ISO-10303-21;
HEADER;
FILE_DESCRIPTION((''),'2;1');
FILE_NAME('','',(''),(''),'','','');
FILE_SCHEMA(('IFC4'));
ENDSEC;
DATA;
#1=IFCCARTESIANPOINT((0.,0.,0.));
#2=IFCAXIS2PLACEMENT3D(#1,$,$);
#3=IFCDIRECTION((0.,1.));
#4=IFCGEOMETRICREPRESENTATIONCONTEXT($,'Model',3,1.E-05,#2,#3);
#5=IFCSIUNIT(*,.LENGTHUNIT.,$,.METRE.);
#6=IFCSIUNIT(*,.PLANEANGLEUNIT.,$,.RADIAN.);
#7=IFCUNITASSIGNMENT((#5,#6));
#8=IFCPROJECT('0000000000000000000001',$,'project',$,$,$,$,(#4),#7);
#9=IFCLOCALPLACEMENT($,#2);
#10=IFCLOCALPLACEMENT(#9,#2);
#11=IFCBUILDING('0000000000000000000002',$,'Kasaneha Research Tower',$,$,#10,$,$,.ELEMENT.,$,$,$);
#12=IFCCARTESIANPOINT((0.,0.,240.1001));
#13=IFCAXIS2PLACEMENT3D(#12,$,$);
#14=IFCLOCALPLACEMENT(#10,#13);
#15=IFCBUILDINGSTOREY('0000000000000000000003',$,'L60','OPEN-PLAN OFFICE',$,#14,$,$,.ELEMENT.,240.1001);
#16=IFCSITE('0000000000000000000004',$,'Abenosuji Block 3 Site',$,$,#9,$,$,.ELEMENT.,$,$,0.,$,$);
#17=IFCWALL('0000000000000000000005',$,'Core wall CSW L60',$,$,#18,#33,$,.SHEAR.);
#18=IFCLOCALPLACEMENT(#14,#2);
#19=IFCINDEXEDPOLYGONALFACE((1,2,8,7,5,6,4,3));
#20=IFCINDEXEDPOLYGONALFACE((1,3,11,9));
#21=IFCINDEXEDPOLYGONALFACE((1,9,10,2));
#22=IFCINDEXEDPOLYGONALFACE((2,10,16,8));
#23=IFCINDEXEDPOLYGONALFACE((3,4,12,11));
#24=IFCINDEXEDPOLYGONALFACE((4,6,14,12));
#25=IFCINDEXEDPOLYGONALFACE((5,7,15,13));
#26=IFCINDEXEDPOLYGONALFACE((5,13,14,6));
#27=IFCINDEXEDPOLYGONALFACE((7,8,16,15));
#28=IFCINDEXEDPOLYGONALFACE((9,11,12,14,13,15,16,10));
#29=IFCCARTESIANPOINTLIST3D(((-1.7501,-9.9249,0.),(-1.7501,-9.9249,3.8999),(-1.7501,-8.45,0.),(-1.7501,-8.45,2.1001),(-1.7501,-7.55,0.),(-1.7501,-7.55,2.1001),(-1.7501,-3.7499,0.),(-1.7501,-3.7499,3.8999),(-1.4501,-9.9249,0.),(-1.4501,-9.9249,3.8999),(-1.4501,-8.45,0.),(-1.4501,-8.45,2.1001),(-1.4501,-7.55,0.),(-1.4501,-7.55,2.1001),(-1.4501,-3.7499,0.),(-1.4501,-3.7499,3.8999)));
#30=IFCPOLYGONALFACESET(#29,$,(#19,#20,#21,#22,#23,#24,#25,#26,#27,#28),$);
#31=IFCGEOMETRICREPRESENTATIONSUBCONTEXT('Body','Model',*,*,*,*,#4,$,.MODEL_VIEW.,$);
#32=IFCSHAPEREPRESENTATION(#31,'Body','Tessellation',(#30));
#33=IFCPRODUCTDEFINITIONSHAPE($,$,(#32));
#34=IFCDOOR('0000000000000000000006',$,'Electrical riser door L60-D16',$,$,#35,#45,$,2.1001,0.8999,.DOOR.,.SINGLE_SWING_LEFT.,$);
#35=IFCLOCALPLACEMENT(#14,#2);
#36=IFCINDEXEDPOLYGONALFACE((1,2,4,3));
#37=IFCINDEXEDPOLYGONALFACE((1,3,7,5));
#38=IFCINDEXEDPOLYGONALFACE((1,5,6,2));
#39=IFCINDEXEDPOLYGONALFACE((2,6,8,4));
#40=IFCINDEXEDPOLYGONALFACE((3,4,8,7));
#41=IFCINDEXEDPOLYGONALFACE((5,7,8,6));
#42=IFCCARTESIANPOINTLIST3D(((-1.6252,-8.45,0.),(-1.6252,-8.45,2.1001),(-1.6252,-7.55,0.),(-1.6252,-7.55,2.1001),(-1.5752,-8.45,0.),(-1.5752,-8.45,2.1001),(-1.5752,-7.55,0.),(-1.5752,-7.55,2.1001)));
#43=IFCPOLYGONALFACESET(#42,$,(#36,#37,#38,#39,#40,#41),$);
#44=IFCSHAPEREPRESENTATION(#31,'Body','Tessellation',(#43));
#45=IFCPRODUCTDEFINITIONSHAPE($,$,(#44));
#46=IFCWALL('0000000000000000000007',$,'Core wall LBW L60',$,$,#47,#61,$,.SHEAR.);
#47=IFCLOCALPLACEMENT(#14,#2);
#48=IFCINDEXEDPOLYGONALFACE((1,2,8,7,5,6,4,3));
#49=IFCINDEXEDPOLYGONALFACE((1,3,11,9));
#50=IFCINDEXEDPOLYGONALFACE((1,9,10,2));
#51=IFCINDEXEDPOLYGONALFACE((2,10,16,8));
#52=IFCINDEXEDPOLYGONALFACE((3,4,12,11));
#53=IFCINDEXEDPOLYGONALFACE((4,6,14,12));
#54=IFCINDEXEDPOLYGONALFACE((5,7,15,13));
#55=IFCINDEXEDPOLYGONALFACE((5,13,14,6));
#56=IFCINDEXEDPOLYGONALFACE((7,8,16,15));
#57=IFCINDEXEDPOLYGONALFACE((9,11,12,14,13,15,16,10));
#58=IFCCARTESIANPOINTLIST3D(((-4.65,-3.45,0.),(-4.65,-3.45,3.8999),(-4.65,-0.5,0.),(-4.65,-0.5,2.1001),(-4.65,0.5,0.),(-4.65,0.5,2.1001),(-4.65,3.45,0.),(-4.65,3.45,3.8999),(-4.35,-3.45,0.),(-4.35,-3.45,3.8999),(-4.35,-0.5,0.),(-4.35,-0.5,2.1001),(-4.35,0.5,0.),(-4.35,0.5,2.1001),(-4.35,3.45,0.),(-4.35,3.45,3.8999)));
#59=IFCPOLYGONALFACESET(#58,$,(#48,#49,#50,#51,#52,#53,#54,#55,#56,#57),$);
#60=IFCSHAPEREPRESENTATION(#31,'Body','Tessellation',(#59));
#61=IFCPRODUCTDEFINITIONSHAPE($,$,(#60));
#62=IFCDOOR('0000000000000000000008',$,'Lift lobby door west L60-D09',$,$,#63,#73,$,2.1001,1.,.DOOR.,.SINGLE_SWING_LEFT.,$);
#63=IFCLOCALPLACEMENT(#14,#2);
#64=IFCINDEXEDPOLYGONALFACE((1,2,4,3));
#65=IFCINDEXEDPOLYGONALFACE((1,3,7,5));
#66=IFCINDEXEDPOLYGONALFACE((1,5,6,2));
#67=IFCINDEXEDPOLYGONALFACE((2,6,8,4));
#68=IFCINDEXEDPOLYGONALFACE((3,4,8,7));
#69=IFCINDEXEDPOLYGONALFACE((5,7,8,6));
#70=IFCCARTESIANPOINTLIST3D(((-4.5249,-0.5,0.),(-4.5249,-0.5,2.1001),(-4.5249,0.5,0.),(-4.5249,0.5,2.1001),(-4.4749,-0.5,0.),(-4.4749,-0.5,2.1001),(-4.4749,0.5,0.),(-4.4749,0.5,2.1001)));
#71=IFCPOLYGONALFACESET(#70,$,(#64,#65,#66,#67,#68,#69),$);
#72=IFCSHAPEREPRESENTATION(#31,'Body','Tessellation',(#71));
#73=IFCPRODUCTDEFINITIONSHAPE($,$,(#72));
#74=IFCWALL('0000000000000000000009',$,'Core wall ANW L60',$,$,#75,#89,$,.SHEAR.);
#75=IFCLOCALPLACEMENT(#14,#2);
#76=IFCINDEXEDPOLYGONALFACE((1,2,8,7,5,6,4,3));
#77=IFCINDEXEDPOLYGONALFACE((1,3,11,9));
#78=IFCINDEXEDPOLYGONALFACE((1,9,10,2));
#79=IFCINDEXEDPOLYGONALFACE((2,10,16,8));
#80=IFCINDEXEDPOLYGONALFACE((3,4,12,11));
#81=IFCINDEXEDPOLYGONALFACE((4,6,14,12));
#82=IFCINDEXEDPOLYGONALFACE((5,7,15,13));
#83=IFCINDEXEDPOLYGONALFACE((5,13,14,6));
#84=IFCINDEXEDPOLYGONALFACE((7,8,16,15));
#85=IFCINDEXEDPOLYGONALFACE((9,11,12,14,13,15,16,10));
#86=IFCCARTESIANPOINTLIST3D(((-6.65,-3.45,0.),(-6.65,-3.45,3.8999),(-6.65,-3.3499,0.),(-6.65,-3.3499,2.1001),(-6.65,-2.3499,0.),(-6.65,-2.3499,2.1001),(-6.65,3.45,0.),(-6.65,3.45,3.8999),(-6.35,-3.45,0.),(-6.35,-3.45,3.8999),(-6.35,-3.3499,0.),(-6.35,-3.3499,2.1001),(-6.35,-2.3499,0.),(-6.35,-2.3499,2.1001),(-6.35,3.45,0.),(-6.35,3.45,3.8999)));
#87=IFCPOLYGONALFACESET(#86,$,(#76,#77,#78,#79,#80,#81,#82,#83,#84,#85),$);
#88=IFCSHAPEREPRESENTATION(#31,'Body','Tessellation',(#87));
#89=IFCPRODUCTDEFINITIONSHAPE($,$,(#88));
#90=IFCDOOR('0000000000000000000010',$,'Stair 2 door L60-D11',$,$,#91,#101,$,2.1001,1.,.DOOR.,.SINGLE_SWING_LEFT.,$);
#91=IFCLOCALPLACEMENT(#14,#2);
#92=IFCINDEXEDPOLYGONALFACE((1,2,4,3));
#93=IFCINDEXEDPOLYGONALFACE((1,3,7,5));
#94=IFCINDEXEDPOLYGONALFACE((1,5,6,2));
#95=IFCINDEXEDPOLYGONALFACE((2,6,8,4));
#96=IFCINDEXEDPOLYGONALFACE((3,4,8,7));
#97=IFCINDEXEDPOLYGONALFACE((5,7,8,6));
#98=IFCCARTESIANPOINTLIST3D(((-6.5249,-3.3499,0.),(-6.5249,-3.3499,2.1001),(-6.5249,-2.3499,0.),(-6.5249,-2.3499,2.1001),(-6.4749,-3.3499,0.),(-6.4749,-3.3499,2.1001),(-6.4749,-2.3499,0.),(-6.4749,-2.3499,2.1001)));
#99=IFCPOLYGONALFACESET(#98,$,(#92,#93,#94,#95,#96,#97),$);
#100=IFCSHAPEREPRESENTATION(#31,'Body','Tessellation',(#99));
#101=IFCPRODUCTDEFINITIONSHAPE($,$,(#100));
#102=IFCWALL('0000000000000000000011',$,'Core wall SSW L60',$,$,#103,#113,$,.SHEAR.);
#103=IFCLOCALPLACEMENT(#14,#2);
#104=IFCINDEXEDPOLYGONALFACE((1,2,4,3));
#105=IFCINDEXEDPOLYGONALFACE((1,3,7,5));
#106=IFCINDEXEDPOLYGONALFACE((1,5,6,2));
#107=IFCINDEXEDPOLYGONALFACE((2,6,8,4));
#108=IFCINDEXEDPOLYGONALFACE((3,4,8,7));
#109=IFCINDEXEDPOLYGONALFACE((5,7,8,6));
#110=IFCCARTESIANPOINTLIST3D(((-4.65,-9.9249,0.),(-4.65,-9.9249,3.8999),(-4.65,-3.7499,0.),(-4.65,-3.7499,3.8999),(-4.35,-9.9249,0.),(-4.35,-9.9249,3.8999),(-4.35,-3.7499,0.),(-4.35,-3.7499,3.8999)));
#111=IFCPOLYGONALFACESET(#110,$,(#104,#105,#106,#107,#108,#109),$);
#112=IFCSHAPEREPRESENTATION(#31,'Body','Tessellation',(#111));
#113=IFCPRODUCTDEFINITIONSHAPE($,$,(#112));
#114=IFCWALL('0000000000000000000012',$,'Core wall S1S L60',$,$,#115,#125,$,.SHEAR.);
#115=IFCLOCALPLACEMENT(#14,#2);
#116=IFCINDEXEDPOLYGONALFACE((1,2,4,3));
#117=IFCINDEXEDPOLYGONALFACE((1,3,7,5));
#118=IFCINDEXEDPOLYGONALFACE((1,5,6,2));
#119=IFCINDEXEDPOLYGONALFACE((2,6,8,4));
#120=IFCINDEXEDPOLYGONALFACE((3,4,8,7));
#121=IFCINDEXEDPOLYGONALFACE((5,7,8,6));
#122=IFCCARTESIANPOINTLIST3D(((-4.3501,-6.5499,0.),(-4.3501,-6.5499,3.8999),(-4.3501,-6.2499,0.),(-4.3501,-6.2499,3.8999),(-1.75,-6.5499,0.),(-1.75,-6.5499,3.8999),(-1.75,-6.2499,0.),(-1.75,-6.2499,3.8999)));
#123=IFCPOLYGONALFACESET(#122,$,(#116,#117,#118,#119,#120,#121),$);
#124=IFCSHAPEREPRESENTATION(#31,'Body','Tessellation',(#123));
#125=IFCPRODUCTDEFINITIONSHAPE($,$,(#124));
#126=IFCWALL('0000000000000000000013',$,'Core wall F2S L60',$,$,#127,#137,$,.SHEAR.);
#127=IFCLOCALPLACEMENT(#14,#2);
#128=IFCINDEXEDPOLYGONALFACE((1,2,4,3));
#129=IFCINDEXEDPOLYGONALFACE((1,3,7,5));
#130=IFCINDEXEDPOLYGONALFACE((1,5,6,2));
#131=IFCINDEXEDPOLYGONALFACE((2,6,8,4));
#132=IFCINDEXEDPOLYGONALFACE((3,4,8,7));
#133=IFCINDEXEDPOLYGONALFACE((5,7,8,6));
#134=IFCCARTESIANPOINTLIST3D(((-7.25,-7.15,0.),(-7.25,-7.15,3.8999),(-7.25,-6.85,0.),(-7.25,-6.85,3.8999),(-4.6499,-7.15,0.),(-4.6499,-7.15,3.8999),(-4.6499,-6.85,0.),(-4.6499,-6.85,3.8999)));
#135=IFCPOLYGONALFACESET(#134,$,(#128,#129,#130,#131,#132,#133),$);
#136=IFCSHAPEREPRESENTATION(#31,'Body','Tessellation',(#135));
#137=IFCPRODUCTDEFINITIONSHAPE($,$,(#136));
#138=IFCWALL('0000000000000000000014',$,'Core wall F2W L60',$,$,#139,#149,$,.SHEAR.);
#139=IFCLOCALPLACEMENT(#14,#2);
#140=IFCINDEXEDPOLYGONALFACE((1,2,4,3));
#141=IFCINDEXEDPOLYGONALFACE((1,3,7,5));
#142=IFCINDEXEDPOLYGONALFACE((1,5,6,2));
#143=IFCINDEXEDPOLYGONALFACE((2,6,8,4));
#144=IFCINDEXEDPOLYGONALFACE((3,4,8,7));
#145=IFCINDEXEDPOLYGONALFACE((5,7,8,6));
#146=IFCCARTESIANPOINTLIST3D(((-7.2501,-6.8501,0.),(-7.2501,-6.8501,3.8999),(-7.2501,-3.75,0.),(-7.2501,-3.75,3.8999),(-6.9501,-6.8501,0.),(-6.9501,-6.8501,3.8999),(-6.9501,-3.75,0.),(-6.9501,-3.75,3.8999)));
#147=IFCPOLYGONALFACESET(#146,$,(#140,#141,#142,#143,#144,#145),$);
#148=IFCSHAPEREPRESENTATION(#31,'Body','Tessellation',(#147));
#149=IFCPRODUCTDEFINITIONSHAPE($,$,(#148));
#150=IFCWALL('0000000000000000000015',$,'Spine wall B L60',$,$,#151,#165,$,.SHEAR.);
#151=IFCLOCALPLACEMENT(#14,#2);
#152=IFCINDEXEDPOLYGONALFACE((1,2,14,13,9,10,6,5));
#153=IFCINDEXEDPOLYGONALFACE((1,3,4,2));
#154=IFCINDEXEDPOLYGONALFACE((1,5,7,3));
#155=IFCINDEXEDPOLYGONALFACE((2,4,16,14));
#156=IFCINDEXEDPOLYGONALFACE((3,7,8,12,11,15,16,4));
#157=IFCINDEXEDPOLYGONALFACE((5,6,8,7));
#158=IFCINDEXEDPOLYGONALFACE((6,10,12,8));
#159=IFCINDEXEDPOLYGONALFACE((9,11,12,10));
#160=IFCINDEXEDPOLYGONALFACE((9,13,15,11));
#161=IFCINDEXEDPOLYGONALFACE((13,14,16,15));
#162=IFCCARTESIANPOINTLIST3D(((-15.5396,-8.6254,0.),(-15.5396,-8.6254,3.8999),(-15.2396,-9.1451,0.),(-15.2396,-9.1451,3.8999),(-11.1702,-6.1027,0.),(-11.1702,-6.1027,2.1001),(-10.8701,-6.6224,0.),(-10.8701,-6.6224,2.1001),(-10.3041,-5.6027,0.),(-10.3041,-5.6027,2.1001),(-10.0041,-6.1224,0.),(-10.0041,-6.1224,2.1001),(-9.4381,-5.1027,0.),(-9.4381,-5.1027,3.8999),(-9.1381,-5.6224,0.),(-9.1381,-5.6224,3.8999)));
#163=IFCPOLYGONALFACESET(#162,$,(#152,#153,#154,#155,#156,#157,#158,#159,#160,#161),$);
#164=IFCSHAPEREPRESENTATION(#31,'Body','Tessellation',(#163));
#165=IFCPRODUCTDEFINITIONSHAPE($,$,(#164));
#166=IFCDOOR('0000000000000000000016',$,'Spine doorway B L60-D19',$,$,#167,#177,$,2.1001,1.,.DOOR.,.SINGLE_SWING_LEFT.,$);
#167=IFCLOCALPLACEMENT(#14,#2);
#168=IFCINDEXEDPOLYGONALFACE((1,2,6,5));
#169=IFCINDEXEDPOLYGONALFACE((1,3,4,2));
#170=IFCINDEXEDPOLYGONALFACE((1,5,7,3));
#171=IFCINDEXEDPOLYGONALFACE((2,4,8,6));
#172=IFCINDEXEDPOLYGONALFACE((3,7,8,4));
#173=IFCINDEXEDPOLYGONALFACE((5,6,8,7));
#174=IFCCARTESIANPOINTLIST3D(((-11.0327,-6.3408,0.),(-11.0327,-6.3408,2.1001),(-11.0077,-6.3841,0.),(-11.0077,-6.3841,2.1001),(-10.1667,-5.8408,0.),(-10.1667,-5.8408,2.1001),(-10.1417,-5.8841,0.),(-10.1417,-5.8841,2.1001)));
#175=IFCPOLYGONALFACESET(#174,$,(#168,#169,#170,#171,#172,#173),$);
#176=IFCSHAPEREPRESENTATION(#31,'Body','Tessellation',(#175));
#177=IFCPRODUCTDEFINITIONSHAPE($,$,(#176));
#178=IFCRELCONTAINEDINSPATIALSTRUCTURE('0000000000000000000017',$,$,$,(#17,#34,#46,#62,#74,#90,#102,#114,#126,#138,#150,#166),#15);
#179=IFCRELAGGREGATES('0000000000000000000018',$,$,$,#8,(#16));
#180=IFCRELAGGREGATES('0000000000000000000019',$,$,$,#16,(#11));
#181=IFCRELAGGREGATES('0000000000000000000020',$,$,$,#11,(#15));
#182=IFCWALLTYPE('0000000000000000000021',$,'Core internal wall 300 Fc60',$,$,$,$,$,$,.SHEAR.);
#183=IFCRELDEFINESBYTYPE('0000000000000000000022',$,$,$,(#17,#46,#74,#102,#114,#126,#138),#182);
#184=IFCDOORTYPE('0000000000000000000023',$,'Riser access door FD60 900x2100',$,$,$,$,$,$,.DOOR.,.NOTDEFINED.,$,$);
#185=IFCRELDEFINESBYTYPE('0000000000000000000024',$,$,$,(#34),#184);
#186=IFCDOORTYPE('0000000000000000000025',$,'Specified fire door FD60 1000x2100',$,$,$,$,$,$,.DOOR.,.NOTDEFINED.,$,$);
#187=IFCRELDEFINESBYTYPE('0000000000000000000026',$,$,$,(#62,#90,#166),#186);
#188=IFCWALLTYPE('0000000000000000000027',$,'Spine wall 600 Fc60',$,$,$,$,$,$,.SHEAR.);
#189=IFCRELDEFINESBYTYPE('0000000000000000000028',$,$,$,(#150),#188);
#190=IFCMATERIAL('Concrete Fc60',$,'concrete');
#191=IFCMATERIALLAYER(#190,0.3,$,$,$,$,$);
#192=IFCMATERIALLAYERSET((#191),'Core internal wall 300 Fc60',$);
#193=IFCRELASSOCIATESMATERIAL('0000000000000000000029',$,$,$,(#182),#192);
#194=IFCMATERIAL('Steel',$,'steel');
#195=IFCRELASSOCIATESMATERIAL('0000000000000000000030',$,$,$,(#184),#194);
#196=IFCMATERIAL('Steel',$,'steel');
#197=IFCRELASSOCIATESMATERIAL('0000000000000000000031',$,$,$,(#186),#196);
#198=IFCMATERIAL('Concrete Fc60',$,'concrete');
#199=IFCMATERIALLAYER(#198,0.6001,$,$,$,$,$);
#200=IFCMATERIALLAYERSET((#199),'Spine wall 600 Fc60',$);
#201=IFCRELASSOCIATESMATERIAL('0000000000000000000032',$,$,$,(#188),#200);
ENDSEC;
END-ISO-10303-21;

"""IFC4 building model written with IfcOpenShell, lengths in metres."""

from ifc_helpers import new_model, si_unit, direction, frame, frame_2d, origin, place, context, subcontext, project, spatial, rectangle, extrude, material, layer, layer_set, type_object, element, fill, save


model = new_model("IFC4")

# Units and contexts
model_context = context("Model", 3, precision=1e-05, world=origin(), true_north=direction((0.0, 1.0)))
body_context = subcontext(model_context, "Body", "Model", "MODEL_VIEW")
ifc_project = project(units=[si_unit("LENGTHUNIT", "METRE"), si_unit("PLANEANGLEUNIT", "RADIAN")], contexts=[model_context])

# Site, building, storey
site_placement = place(None, origin())
site = spatial("IfcSite", under=ifc_project, at=site_placement, Name="Abenosuji Block 3 Site", CompositionType="ELEMENT", RefElevation=0.0)
building_placement = place(site_placement, origin())
building = spatial("IfcBuilding", under=site, at=building_placement, Name="Kasaneha Research Tower", CompositionType="ELEMENT")
storey_placement = place(building_placement, frame((0.0, 0.0, 240.1001)))
storey = spatial("IfcBuildingStorey", under=building, at=storey_placement, Name="L60", Description="OPEN-PLAN OFFICE", CompositionType="ELEMENT", Elevation=240.1001)

# Shared definitions
ifc_material_1 = material(Name="Concrete Fc60", Category="concrete")
ifc_layer_1 = layer(ifc_material_1, 0.3)
ifc_layer_set_1 = layer_set([ifc_layer_1], Name="Core internal wall 300 Fc60")
wall_type_1 = type_object("IfcWallType", Name="Core internal wall 300 Fc60", PredefinedType="SHEAR", material=ifc_layer_set_1)

# Walls, openings, doors
wall_1_placement = place(storey_placement, frame((-1.6001, -3.75, 0.0), z_axis=(0.0, 0.0, 1.0), x_axis=(0.0, -1.0, 0.0)))
wall_1 = element("IfcWall", 1, at=wall_1_placement, inside=storey, type_object=wall_type_1, Name="Core wall CSW L60", PredefinedType="SHEAR", context=body_context, shape_type="SweptSolid", body=[
    extrude(rectangle(XDim=6.175, YDim=0.3, at=frame_2d((3.0874, 0.0))), origin(), (0.0, 0.0, 1.0), 3.8999),
])
opening_1_placement = place(wall_1_placement, frame((3.8, 0.0, 0.0)))
opening_1 = element("IfcOpeningElement", 2, at=opening_1_placement, cuts=wall_1, PredefinedType="OPENING", context=body_context, shape_type="SweptSolid", body=[
    extrude(rectangle(XDim=0.8999, YDim=2.1001, at=frame_2d((0.45, 1.05))), frame((0.0, 0.1602, 0.0), z_axis=(0.0, -1.0, 0.0), x_axis=(1.0, 0.0, 0.0)), (0.0, 0.0, 1.0), 0.3201),
])
ifc_material_2 = material(Name="Steel", Category="steel")
door_type_1 = type_object("IfcDoorType", Name="Riser access door FD60 900x2100", OperationType="NOTDEFINED", PredefinedType="DOOR", material=ifc_material_2)
door_1_placement = place(opening_1_placement, origin())
door_1 = element("IfcDoor", 3, at=door_1_placement, inside=storey, type_object=door_type_1, Name="Electrical riser door L60-D16", OperationType="SINGLE_SWING_LEFT", OverallHeight=2.1001, OverallWidth=0.8999, PredefinedType="DOOR", context=body_context, shape_type="SweptSolid", body=[
    extrude(rectangle(XDim=0.8999, YDim=2.1001, at=frame_2d((0.45, 1.05))), frame((0.0, 0.0249, 0.0), z_axis=(0.0, -1.0, 0.0), x_axis=(1.0, 0.0, 0.0)), (0.0, 0.0, 1.0), 0.05),
])
fill(opening_1, door_1)
wall_2_placement = place(storey_placement, frame((-4.5, -3.45, 0.0), z_axis=(0.0, 0.0, 1.0), x_axis=(0.0, 1.0, 0.0)))
wall_2 = element("IfcWall", 4, at=wall_2_placement, inside=storey, type_object=wall_type_1, Name="Core wall LBW L60", PredefinedType="SHEAR", context=body_context, shape_type="SweptSolid", body=[
    extrude(rectangle(XDim=6.8999, YDim=0.3, at=frame_2d((3.45, 0.0))), origin(), (0.0, 0.0, 1.0), 3.8999),
])
opening_2_placement = place(wall_2_placement, frame((2.95, 0.0, 0.0)))
opening_2 = element("IfcOpeningElement", 5, at=opening_2_placement, cuts=wall_2, PredefinedType="OPENING", context=body_context, shape_type="SweptSolid", body=[
    extrude(rectangle(XDim=1.0, YDim=2.1001, at=frame_2d((0.5, 1.05))), frame((0.0, 0.1602, 0.0), z_axis=(0.0, -1.0, 0.0), x_axis=(1.0, 0.0, 0.0)), (0.0, 0.0, 1.0), 0.3201),
])
ifc_material_3 = material(Name="Steel", Category="steel")
door_type_2 = type_object("IfcDoorType", Name="Specified fire door FD60 1000x2100", OperationType="NOTDEFINED", PredefinedType="DOOR", material=ifc_material_3)
door_2_placement = place(opening_2_placement, origin())
door_2 = element("IfcDoor", 6, at=door_2_placement, inside=storey, type_object=door_type_2, Name="Lift lobby door west L60-D09", OperationType="SINGLE_SWING_LEFT", OverallHeight=2.1001, OverallWidth=1.0, PredefinedType="DOOR", context=body_context, shape_type="SweptSolid", body=[
    extrude(rectangle(XDim=1.0, YDim=2.1001, at=frame_2d((0.5, 1.05))), frame((0.0, 0.0249, 0.0), z_axis=(0.0, -1.0, 0.0), x_axis=(1.0, 0.0, 0.0)), (0.0, 0.0, 1.0), 0.05),
])
fill(opening_2, door_2)
wall_3_placement = place(storey_placement, frame((-6.5, -3.45, 0.0), z_axis=(0.0, 0.0, 1.0), x_axis=(0.0, 1.0, 0.0)))
wall_3 = element("IfcWall", 7, at=wall_3_placement, inside=storey, type_object=wall_type_1, Name="Core wall ANW L60", PredefinedType="SHEAR", context=body_context, shape_type="SweptSolid", body=[
    extrude(rectangle(XDim=6.8999, YDim=0.3, at=frame_2d((3.45, 0.0))), origin(), (0.0, 0.0, 1.0), 3.8999),
])
opening_3_placement = place(wall_3_placement, frame((0.1001, 0.0, 0.0)))
opening_3 = element("IfcOpeningElement", 8, at=opening_3_placement, cuts=wall_3, PredefinedType="OPENING", context=body_context, shape_type="SweptSolid", body=[
    extrude(rectangle(XDim=1.0, YDim=2.1001, at=frame_2d((0.5, 1.05))), frame((0.0, 0.1602, 0.0), z_axis=(0.0, -1.0, 0.0), x_axis=(1.0, 0.0, 0.0)), (0.0, 0.0, 1.0), 0.3201),
])
door_3_placement = place(opening_3_placement, origin())
door_3 = element("IfcDoor", 9, at=door_3_placement, inside=storey, type_object=door_type_2, Name="Stair 2 door L60-D11", OperationType="SINGLE_SWING_LEFT", OverallHeight=2.1001, OverallWidth=1.0, PredefinedType="DOOR", context=body_context, shape_type="SweptSolid", body=[
    extrude(rectangle(XDim=1.0, YDim=2.1001, at=frame_2d((0.5, 1.05))), frame((0.0, 0.0249, 0.0), z_axis=(0.0, -1.0, 0.0), x_axis=(1.0, 0.0, 0.0)), (0.0, 0.0, 1.0), 0.05),
])
fill(opening_3, door_3)

# Walls
wall_4_placement = place(storey_placement, frame((-4.5, -3.75, 0.0), z_axis=(0.0, 0.0, 1.0), x_axis=(0.0, -1.0, 0.0)))
element("IfcWall", 10, at=wall_4_placement, inside=storey, type_object=wall_type_1, Name="Core wall SSW L60", PredefinedType="SHEAR", context=body_context, shape_type="SweptSolid", body=[
    extrude(rectangle(XDim=6.175, YDim=0.3, at=frame_2d((3.0874, 0.0))), origin(), (0.0, 0.0, 1.0), 3.8999),
])
for number, where, z_axis, x_axis, name in (
    (11, (-4.3501, -6.3999, 0.0), (0.0, 0.0, 1.0), (1.0, 0.0, 0.0), "Core wall S1S L60"),
    (12, (-7.25, -7.0, 0.0), (0.0, 0.0, 1.0), (1.0, 0.0, 0.0), "Core wall F2S L60"),
):
    element("IfcWall", number, at=place(storey_placement, frame(where, z_axis=z_axis, x_axis=x_axis)), inside=storey, type_object=wall_type_1, Name=name, PredefinedType="SHEAR", context=body_context, shape_type="SweptSolid", body=[
        extrude(rectangle(XDim=2.6001, YDim=0.3, at=frame_2d((1.3, 0.0))), origin(), (0.0, 0.0, 1.0), 3.8999),
    ])
wall_5_placement = place(storey_placement, frame((-7.1001, -3.75, 0.0), z_axis=(0.0, 0.0, 1.0), x_axis=(0.0, -1.0, 0.0)))
element("IfcWall", 13, at=wall_5_placement, inside=storey, type_object=wall_type_1, Name="Core wall F2W L60", PredefinedType="SHEAR", context=body_context, shape_type="SweptSolid", body=[
    extrude(rectangle(XDim=3.1001, YDim=0.3, at=frame_2d((1.55, 0.0))), origin(), (0.0, 0.0, 1.0), 3.8999),
])

# Wall, opening, door
ifc_material_4 = material(Name="Concrete Fc60", Category="concrete")
ifc_layer_2 = layer(ifc_material_4, 0.6001)
ifc_layer_set_2 = layer_set([ifc_layer_2], Name="Spine wall 600 Fc60")
wall_type_2 = type_object("IfcWallType", Name="Spine wall 600 Fc60", PredefinedType="SHEAR", material=ifc_layer_set_2)
wall_6_placement = place(storey_placement, frame((-9.2881, -5.3625, 0.0), z_axis=(0.0, 0.0, 1.0), x_axis=(-0.866027, -0.499996, 0.0)))
wall_6 = element("IfcWall", 14, at=wall_6_placement, inside=storey, type_object=wall_type_2, Name="Spine wall B L60", PredefinedType="SHEAR", context=body_context, shape_type="SweptSolid", body=[
    extrude(rectangle(XDim=7.0454, YDim=0.6001, at=frame_2d((3.5227, 0.0))), origin(), (0.0, 0.0, 1.0), 3.8999),
])
opening_4_placement = place(wall_6_placement, frame((1.0, 0.0, 0.0)))
opening_4 = element("IfcOpeningElement", 15, at=opening_4_placement, cuts=wall_6, PredefinedType="OPENING", context=body_context, shape_type="SweptSolid", body=[
    extrude(rectangle(XDim=1.0, YDim=2.1001, at=frame_2d((0.5, 1.05))), frame((0.0, 0.3101, 0.0), z_axis=(0.0, -1.0, 0.0), x_axis=(1.0, 0.0, 0.0)), (0.0, 0.0, 1.0), 0.6201),
])
door_4_placement = place(opening_4_placement, origin())
door_4 = element("IfcDoor", 16, at=door_4_placement, inside=storey, type_object=door_type_2, Name="Spine doorway B L60-D19", OperationType="SINGLE_SWING_LEFT", OverallHeight=2.1001, OverallWidth=1.0, PredefinedType="DOOR", context=body_context, shape_type="SweptSolid", body=[
    extrude(rectangle(XDim=1.0, YDim=2.1001, at=frame_2d((0.5, 1.05))), frame((0.0, 0.0249, 0.0), z_axis=(0.0, -1.0, 0.0), x_axis=(1.0, 0.0, 0.0)), (0.0, 0.0, 1.0), 0.05),
])
fill(opening_4, door_4)

save(model, "model.ifc")
